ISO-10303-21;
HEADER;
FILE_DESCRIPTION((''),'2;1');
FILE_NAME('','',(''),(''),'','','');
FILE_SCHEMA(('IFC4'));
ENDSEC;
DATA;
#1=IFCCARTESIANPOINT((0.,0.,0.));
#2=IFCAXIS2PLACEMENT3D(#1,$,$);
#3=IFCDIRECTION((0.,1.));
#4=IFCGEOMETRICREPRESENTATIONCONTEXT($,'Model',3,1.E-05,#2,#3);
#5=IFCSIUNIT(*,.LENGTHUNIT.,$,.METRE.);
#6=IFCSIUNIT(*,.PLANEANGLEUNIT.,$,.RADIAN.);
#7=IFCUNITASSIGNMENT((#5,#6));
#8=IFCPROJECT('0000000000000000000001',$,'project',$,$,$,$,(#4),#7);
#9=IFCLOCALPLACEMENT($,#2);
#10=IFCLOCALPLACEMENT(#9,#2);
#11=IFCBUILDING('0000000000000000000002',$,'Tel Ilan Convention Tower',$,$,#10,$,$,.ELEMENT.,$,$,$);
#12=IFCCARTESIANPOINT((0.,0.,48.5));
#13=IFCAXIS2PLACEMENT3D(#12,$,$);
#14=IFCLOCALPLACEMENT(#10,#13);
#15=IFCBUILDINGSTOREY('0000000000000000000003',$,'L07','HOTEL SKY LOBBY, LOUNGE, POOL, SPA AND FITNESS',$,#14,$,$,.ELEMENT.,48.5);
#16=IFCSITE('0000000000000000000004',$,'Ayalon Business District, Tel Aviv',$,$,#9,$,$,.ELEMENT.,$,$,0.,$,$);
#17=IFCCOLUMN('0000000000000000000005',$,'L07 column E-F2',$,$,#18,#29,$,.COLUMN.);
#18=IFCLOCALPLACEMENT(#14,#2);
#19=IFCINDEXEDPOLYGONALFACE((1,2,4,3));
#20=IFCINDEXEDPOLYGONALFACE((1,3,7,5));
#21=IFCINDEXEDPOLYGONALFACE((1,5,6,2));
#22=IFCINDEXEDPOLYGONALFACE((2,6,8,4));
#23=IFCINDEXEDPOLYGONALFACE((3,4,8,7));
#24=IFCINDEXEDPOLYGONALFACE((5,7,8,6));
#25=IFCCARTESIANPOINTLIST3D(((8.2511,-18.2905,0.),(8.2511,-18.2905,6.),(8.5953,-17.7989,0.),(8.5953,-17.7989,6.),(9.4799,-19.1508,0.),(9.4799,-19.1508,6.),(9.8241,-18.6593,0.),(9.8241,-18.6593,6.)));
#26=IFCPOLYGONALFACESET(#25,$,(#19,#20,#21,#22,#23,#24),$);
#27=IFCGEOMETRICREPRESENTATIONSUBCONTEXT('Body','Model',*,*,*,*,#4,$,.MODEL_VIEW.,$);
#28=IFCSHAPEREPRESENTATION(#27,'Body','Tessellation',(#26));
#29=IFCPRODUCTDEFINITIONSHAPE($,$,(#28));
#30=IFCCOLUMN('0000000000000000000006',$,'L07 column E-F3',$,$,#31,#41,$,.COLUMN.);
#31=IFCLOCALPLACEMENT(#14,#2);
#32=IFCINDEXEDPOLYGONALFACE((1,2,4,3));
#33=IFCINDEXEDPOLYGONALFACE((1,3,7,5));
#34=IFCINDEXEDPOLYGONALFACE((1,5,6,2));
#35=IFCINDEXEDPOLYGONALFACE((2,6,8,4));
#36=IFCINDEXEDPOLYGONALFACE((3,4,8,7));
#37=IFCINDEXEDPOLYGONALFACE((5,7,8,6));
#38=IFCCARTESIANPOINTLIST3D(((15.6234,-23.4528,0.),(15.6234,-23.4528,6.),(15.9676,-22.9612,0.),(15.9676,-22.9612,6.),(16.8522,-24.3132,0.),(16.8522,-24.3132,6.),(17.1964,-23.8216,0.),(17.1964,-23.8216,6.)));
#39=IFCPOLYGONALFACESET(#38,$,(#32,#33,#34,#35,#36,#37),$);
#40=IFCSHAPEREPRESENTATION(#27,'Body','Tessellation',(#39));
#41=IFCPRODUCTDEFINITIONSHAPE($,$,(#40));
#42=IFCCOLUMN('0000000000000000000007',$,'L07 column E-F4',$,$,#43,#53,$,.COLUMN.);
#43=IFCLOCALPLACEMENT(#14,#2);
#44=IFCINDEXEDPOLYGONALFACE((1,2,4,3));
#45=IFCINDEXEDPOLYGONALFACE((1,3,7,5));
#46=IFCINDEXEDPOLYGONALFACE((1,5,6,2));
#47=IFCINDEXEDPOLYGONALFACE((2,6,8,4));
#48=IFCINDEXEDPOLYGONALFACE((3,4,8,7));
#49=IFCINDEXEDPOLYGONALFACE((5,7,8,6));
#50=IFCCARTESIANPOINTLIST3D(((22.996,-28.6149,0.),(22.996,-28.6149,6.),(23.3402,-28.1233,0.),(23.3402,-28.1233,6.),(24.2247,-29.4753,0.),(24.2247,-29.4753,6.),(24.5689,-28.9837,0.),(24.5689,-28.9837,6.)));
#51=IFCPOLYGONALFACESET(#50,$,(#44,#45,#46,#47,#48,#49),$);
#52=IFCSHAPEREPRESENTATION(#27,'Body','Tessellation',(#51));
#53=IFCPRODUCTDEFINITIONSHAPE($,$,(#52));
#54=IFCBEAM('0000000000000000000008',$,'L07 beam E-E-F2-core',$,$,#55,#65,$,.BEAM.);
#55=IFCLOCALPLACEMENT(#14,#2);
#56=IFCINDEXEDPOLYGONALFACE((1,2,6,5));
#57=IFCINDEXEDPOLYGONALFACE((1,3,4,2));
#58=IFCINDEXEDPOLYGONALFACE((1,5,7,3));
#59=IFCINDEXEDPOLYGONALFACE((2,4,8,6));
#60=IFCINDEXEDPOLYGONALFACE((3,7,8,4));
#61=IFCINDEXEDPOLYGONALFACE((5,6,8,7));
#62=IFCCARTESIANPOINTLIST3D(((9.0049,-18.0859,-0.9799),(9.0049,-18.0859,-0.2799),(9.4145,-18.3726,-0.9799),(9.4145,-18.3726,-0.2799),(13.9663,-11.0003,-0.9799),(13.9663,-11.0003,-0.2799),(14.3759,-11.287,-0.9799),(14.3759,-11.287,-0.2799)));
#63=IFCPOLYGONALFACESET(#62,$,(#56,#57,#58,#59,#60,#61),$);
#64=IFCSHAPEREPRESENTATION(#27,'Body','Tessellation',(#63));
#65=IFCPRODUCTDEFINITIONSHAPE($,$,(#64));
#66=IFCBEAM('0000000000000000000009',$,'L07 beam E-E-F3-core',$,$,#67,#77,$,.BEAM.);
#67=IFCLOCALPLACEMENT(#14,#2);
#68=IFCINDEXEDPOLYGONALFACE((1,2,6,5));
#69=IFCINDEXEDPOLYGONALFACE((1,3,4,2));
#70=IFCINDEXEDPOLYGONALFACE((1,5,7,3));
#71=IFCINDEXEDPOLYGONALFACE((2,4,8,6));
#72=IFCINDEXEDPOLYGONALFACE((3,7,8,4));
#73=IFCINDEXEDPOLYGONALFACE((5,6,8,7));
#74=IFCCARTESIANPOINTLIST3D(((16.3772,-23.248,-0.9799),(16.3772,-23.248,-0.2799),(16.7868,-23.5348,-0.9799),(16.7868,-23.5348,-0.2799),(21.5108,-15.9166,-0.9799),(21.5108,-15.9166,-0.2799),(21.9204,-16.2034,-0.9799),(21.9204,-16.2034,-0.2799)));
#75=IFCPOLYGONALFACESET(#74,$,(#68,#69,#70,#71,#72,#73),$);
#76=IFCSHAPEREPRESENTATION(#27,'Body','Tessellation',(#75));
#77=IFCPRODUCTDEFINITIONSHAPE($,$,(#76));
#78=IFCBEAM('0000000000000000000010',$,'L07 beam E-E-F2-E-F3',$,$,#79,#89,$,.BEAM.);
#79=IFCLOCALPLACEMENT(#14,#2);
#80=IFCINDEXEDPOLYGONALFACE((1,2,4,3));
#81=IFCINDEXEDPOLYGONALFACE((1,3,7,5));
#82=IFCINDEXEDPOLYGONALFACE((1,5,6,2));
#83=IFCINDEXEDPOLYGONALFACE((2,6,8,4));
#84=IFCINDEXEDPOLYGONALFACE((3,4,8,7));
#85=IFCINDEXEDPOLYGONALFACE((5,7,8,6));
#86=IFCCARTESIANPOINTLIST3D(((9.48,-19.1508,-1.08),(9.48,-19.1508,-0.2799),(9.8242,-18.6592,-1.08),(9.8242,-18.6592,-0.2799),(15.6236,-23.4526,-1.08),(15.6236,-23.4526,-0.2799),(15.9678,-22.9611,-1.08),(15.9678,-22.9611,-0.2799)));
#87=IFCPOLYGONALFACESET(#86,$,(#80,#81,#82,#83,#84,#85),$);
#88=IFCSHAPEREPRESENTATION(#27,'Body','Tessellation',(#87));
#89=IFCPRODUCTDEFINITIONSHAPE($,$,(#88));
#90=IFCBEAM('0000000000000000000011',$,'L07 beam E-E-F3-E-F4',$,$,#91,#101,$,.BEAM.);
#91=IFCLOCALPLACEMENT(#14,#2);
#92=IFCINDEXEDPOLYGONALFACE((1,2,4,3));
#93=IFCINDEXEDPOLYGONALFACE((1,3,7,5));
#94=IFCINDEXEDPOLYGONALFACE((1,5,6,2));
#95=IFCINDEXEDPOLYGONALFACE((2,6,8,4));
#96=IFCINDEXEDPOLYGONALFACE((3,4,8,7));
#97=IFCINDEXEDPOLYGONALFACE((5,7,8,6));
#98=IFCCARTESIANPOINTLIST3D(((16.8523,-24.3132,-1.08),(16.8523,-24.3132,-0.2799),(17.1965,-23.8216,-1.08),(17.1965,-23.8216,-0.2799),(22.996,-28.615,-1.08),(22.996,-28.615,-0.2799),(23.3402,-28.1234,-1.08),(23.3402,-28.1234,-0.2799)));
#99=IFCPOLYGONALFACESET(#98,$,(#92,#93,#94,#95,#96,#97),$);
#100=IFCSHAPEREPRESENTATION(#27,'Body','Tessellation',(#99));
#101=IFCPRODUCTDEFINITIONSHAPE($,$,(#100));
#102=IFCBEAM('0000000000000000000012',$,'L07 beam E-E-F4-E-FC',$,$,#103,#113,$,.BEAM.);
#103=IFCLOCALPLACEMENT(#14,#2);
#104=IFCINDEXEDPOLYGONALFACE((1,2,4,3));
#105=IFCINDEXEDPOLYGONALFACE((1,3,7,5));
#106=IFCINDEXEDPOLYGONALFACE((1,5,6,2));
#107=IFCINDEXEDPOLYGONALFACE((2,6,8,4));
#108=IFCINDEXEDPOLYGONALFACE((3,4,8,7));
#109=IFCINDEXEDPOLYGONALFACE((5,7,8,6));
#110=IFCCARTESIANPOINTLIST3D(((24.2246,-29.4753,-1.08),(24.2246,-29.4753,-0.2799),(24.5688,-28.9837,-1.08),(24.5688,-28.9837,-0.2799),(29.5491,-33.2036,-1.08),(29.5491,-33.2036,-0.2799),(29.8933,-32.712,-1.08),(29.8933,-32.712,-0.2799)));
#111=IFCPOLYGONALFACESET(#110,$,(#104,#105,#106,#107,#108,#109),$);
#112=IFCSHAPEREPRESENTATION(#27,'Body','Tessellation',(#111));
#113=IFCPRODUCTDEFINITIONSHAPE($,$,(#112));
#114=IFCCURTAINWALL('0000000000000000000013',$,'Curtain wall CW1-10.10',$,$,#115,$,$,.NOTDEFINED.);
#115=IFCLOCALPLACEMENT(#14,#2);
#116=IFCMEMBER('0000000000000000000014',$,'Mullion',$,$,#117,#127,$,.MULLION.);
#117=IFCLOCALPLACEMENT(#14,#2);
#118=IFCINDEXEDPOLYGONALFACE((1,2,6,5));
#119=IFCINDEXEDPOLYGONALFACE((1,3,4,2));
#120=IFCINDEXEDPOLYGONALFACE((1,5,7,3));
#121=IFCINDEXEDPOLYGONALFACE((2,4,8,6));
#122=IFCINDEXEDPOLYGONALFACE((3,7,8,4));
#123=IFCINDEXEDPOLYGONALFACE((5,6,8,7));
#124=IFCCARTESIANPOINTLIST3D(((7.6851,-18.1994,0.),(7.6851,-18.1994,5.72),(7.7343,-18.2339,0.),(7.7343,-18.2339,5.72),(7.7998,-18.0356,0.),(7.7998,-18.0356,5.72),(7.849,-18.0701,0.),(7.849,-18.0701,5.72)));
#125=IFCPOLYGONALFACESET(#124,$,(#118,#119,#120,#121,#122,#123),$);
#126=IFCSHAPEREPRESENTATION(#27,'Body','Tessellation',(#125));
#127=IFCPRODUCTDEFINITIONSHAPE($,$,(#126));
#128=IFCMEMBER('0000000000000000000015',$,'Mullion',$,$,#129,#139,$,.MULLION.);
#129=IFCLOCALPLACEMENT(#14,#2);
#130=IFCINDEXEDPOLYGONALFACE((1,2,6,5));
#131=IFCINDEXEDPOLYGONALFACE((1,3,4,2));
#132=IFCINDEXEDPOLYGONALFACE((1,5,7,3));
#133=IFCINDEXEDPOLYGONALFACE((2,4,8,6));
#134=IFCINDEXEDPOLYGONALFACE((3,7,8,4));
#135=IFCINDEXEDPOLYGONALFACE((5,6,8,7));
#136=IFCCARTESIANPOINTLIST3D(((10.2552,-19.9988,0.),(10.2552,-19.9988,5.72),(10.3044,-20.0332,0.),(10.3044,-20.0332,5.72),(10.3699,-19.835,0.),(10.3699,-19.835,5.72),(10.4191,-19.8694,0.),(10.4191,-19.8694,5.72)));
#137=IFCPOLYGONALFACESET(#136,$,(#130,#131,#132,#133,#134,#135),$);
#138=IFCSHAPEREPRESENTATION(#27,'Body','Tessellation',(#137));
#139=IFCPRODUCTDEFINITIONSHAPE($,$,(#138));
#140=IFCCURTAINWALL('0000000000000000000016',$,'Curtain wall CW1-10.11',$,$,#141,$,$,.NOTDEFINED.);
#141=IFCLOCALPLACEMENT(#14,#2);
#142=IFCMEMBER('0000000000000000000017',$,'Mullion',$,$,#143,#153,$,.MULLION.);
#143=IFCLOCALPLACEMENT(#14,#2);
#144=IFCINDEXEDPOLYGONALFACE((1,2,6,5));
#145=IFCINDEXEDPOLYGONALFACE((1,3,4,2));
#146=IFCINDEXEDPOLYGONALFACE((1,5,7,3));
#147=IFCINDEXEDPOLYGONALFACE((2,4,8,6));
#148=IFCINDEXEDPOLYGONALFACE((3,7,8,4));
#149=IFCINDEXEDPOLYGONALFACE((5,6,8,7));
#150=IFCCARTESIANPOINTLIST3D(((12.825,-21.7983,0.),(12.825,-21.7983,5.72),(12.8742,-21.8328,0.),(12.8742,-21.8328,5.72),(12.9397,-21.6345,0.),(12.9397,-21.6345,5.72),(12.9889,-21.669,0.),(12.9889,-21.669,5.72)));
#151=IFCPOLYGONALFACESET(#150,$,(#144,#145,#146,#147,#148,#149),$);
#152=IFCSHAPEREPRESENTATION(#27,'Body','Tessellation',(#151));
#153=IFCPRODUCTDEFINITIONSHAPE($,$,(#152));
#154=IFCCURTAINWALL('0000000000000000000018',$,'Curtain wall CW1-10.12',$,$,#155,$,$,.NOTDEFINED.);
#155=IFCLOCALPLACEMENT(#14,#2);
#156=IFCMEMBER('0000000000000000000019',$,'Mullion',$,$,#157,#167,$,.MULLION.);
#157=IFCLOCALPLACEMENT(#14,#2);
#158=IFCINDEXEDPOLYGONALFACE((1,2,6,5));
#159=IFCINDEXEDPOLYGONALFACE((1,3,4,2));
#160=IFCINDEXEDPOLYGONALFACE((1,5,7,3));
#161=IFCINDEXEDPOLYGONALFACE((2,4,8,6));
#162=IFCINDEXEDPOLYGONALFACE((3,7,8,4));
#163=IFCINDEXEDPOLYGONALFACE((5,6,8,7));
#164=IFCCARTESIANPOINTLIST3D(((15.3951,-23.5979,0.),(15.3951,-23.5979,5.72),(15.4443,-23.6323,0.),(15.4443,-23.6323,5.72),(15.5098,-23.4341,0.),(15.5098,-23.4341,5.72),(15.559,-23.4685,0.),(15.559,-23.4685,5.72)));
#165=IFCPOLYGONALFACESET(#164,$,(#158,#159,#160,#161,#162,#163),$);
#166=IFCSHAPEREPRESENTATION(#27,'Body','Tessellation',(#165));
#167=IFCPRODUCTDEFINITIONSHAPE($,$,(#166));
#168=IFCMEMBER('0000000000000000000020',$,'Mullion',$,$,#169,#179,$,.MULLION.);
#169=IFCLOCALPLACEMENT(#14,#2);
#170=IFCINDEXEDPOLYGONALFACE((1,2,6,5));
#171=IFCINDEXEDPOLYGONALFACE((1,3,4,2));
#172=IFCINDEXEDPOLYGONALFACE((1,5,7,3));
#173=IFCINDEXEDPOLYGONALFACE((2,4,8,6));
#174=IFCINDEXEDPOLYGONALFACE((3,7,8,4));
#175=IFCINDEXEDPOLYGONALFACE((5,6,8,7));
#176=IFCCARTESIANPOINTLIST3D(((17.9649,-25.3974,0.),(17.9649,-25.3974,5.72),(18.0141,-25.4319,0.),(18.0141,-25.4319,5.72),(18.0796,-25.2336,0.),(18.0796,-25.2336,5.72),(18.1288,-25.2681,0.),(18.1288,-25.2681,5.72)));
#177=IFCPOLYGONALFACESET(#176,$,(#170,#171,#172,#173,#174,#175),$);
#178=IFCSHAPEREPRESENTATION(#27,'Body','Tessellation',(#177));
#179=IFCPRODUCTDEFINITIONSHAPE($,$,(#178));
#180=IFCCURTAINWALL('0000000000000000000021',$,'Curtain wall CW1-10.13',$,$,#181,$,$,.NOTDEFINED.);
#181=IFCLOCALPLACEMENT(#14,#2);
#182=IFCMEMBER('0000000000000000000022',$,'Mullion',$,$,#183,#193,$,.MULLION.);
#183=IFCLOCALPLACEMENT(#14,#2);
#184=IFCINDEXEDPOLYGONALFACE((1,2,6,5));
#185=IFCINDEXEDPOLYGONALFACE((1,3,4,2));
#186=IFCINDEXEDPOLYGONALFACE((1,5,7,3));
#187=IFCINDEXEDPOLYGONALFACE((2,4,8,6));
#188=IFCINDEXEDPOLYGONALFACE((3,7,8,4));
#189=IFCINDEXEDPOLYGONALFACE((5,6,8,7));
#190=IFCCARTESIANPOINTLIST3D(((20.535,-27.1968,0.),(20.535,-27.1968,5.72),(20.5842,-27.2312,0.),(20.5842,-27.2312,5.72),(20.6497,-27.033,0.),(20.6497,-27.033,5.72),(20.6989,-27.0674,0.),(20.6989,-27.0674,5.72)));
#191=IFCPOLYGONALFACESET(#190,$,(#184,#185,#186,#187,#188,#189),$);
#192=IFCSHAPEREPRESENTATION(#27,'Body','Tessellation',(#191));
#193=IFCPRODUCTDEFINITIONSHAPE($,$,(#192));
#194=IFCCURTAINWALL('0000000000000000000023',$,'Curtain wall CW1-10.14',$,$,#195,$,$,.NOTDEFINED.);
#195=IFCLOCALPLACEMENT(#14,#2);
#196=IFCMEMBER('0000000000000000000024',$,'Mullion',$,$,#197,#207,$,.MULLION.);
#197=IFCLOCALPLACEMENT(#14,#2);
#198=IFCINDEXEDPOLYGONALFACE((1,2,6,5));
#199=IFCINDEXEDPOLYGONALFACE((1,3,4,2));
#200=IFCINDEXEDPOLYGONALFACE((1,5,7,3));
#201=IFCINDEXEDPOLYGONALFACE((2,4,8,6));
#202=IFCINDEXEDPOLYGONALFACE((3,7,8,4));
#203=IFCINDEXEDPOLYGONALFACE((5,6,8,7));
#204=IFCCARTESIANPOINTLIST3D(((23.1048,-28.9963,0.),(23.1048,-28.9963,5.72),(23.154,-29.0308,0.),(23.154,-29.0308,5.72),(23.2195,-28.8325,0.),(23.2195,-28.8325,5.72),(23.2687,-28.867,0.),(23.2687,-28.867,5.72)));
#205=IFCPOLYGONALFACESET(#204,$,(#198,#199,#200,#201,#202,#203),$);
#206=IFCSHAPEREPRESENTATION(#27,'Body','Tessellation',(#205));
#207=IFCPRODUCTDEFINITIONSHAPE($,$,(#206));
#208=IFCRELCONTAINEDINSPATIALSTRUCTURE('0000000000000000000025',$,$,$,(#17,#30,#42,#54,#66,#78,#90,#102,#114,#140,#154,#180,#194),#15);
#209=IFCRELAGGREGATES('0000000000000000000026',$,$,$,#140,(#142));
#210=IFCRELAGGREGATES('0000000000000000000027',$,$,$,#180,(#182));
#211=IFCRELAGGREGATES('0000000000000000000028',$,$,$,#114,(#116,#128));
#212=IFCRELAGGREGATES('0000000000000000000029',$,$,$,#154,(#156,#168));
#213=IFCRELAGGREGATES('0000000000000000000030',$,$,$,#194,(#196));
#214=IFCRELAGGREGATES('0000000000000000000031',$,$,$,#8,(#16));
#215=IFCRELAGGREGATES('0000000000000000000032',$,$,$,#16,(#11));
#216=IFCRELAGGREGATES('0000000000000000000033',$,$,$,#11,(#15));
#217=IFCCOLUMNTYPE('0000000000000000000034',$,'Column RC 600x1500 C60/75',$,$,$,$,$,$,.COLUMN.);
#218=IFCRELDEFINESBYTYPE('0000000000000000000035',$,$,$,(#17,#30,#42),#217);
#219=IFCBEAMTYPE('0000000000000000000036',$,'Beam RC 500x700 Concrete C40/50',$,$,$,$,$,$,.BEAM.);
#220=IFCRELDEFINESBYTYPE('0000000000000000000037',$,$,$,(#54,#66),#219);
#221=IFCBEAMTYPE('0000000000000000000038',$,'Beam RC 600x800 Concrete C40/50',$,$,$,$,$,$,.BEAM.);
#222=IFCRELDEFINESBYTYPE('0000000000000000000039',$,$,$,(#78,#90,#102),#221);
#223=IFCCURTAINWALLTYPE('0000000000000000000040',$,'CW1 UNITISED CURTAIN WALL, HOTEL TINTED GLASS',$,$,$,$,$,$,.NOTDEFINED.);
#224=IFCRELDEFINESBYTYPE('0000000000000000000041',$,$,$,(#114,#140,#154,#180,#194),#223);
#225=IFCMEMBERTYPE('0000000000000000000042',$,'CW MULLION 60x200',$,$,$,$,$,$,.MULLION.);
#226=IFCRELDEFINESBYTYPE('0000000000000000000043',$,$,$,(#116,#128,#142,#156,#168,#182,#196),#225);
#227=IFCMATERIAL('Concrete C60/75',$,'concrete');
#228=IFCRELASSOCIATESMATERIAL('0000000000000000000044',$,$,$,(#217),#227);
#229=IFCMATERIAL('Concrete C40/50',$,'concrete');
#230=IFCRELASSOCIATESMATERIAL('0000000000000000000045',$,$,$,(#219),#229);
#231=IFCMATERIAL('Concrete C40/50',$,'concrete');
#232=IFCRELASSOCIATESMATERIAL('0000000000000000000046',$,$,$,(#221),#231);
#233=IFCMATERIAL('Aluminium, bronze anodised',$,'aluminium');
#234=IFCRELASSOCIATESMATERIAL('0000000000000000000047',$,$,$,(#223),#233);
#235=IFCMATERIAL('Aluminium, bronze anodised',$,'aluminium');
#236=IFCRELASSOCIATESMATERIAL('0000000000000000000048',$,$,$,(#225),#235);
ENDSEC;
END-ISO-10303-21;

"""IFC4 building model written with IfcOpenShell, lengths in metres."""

from ifc_helpers import new_model, si_unit, direction, frame, origin, origin_2d, place, context, subcontext, project, spatial, rectangle, extrude, material, material_profile, profile_set, type_object, element, aggregate, save


model = new_model("IFC4")

# Units and contexts
model_context = context("Model", 3, precision=1e-05, world=origin(), true_north=direction((0.0, 1.0)))
body_context = subcontext(model_context, "Body", "Model", "MODEL_VIEW")
ifc_project = project(units=[si_unit("LENGTHUNIT", "METRE"), si_unit("PLANEANGLEUNIT", "RADIAN")], contexts=[model_context])

# Site, building, storey
site_placement = place(None, origin())
site = spatial("IfcSite", under=ifc_project, at=site_placement, Name="Ayalon Business District, Tel Aviv", CompositionType="ELEMENT", RefElevation=0.0)
building_placement = place(site_placement, origin())
building = spatial("IfcBuilding", under=site, at=building_placement, Name="Tel Ilan Convention Tower", CompositionType="ELEMENT")
storey_placement = place(building_placement, frame((0.0, 0.0, 48.5)))
storey = spatial("IfcBuildingStorey", under=building, at=storey_placement, Name="L07", Description="HOTEL SKY LOBBY, LOUNGE, POOL, SPA AND FITNESS", CompositionType="ELEMENT", Elevation=48.5)

# Columns
ifc_material_1 = material(Name="Concrete C60/75", Category="concrete")
ifc_material_profile_1 = material_profile(ifc_material_1, rectangle(XDim=1.5, YDim=0.6001, at=origin_2d()), Name="RC 600x1500")
ifc_profile_set_1 = profile_set([ifc_material_profile_1], Name="Concrete C60/75")
column_type = type_object("IfcColumnType", Name="Column RC 600x1500 C60/75", PredefinedType="COLUMN", material=ifc_profile_set_1)
for number, where, z_axis, x_axis, name in (
    (1, (9.0376, -18.4749, 0.0), (0.0, 0.0, 1.0), (0.819152, -0.573576, 0.0), "L07 column E-F2"),
    (2, (16.4099, -23.6372, 0.0), (0.0, 0.0, 1.0), (0.819152, -0.573576, 0.0), "L07 column E-F3"),
    (3, (23.7825, -28.7993, 0.0), (0.0, 0.0, 1.0), (0.819152, -0.573576, 0.0), "L07 column E-F4"),
):
    element("IfcColumn", number, at=place(storey_placement, frame(where, z_axis=z_axis, x_axis=x_axis)), inside=storey, type_object=column_type, Name=name, PredefinedType="COLUMN", context=body_context, shape_type="SweptSolid", body=[
        extrude(rectangle(XDim=1.5, YDim=0.6001, at=origin_2d()), origin(), (0.0, 0.0, 1.0), 6.0),
    ])

# Beams
ifc_material_2 = material(Name="Concrete C40/50", Category="concrete")
ifc_material_profile_2 = material_profile(ifc_material_2, rectangle(XDim=0.5, YDim=0.7, at=origin_2d()), Name="RC 500x700")
ifc_profile_set_2 = profile_set([ifc_material_profile_2], Name="Concrete C40/50")
beam_type_1 = type_object("IfcBeamType", Name="Beam RC 500x700 Concrete C40/50", PredefinedType="BEAM", material=ifc_profile_set_2)
beam_1_placement = place(storey_placement, frame((9.2097, -18.2292, -0.6299), z_axis=(0.573574, 0.819154, 0.0), x_axis=(-0.819154, 0.573574, 0.0)))
element("IfcBeam", 4, at=beam_1_placement, inside=storey, type_object=beam_type_1, Name="L07 beam E-E-F2-core", PredefinedType="BEAM", context=body_context, shape_type="SweptSolid", body=[
    extrude(rectangle(XDim=0.5, YDim=0.7, at=origin_2d()), origin(), (0.0, 0.0, 1.0), 8.6499),
])
beam_2_placement = place(storey_placement, frame((16.582, -23.3914, -0.6299), z_axis=(0.573585, 0.819146, 0.0), x_axis=(-0.819146, 0.573585, 0.0)))
element("IfcBeam", 5, at=beam_2_placement, inside=storey, type_object=beam_type_1, Name="L07 beam E-E-F3-core", PredefinedType="BEAM", context=body_context, shape_type="SweptSolid", body=[
    extrude(rectangle(XDim=0.5, YDim=0.7, at=origin_2d()), origin(), (0.0, 0.0, 1.0), 8.95),
])
ifc_material_3 = material(Name="Concrete C40/50", Category="concrete")
ifc_material_profile_3 = material_profile(ifc_material_3, rectangle(XDim=0.6001, YDim=0.8, at=origin_2d()), Name="RC 600x800")
ifc_profile_set_3 = profile_set([ifc_material_profile_3], Name="Concrete C40/50")
beam_type_2 = type_object("IfcBeamType", Name="Beam RC 600x800 Concrete C40/50", PredefinedType="BEAM", material=ifc_profile_set_3)
for number, where, z_axis, x_axis, name in (
    (6, (9.6521, -18.905, -0.6799), (0.819152, -0.573576, 0.0), (0.573576, 0.819152, 0.0), "L07 beam E-E-F2-E-F3"),
    (7, (17.0244, -24.0674, -0.6799), (0.819152, -0.573576, 0.0), (0.573576, 0.819152, 0.0), "L07 beam E-E-F3-E-F4"),
):
    element("IfcBeam", number, at=place(storey_placement, frame(where, z_axis=z_axis, x_axis=x_axis)), inside=storey, type_object=beam_type_2, Name=name, PredefinedType="BEAM", context=body_context, shape_type="SweptSolid", body=[
        extrude(rectangle(XDim=0.6001, YDim=0.8, at=origin_2d()), origin(), (0.0, 0.0, 1.0), 7.5),
    ])
beam_3_placement = place(storey_placement, frame((24.3967, -29.2295, -0.6799), z_axis=(0.819149, -0.573581, 0.0), x_axis=(0.573581, 0.819149, 0.0)))
element("IfcBeam", 8, at=beam_3_placement, inside=storey, type_object=beam_type_2, Name="L07 beam E-E-F4-E-FC", PredefinedType="BEAM", context=body_context, shape_type="SweptSolid", body=[
    extrude(rectangle(XDim=0.6001, YDim=0.8, at=origin_2d()), origin(), (0.0, 0.0, 1.0), 6.5),
])

# Curtain wall, members
ifc_material_4 = material(Name="Aluminium, bronze anodised", Category="aluminium")
curtain_wall_type = type_object("IfcCurtainWallType", Name="CW1 UNITISED CURTAIN WALL, HOTEL TINTED GLASS", PredefinedType="NOTDEFINED", material=ifc_material_4)
curtain_wall_1_placement = place(storey_placement, origin())
curtain_wall_1 = element("IfcCurtainWall", 9, at=curtain_wall_1_placement, inside=storey, type_object=curtain_wall_type, Name="Curtain wall CW1-10.10", PredefinedType="NOTDEFINED")
ifc_material_5 = material(Name="Aluminium, bronze anodised", Category="aluminium")
ifc_material_profile_4 = material_profile(ifc_material_5, rectangle(XDim=0.0601, YDim=0.2, at=origin_2d()), Name="CW MULLION 60x200")
ifc_profile_set_4 = profile_set([ifc_material_profile_4], Name="Aluminium, bronze anodised")
member_type_1 = type_object("IfcMemberType", Name="CW MULLION 60x200", PredefinedType="MULLION", material=ifc_profile_set_4)
member_1_placement = place(storey_placement, frame((7.7671, -18.1348, 0.0), z_axis=(0.0, 0.0, 1.0), x_axis=(0.819152, -0.573576, 0.0)))
member_1 = element("IfcMember", 10, at=member_1_placement, type_object=member_type_1, Name="Mullion", PredefinedType="MULLION", context=body_context, shape_type="SweptSolid", body=[
    extrude(rectangle(XDim=0.0601, YDim=0.2, at=origin_2d()), origin(), (0.0, 0.0, 1.0), 5.72),
])
member_2_placement = place(storey_placement, frame((10.3372, -19.9341, 0.0), z_axis=(0.0, 0.0, 1.0), x_axis=(0.819152, -0.573576, 0.0)))
member_2 = element("IfcMember", 11, at=member_2_placement, type_object=member_type_1, Name="Mullion", PredefinedType="MULLION", context=body_context, shape_type="SweptSolid", body=[
    extrude(rectangle(XDim=0.0601, YDim=0.2, at=origin_2d()), origin(), (0.0, 0.0, 1.0), 5.72),
])

# Curtain wall, member
curtain_wall_2_placement = place(storey_placement, origin())
curtain_wall_2 = element("IfcCurtainWall", 12, at=curtain_wall_2_placement, inside=storey, type_object=curtain_wall_type, Name="Curtain wall CW1-10.11", PredefinedType="NOTDEFINED")
member_3_placement = place(storey_placement, frame((12.907, -21.7336, 0.0), z_axis=(0.0, 0.0, 1.0), x_axis=(0.819152, -0.573576, 0.0)))
member_3 = element("IfcMember", 13, at=member_3_placement, type_object=member_type_1, Name="Mullion", PredefinedType="MULLION", context=body_context, shape_type="SweptSolid", body=[
    extrude(rectangle(XDim=0.0601, YDim=0.2, at=origin_2d()), origin(), (0.0, 0.0, 1.0), 5.72),
])
aggregate(curtain_wall_2, [member_3])

# Curtain wall, members
curtain_wall_3_placement = place(storey_placement, origin())
curtain_wall_3 = element("IfcCurtainWall", 14, at=curtain_wall_3_placement, inside=storey, type_object=curtain_wall_type, Name="Curtain wall CW1-10.12", PredefinedType="NOTDEFINED")
member_4_placement = place(storey_placement, frame((15.4771, -23.5332, 0.0), z_axis=(0.0, 0.0, 1.0), x_axis=(0.819152, -0.573576, 0.0)))
member_4 = element("IfcMember", 15, at=member_4_placement, type_object=member_type_1, Name="Mullion", PredefinedType="MULLION", context=body_context, shape_type="SweptSolid", body=[
    extrude(rectangle(XDim=0.0601, YDim=0.2, at=origin_2d()), origin(), (0.0, 0.0, 1.0), 5.72),
])
member_5_placement = place(storey_placement, frame((18.0469, -25.3328, 0.0), z_axis=(0.0, 0.0, 1.0), x_axis=(0.819152, -0.573576, 0.0)))
member_5 = element("IfcMember", 16, at=member_5_placement, type_object=member_type_1, Name="Mullion", PredefinedType="MULLION", context=body_context, shape_type="SweptSolid", body=[
    extrude(rectangle(XDim=0.0601, YDim=0.2, at=origin_2d()), origin(), (0.0, 0.0, 1.0), 5.72),
])

# Curtain walls, members
curtain_wall_4_placement = place(storey_placement, origin())
curtain_wall_4 = element("IfcCurtainWall", 17, at=curtain_wall_4_placement, inside=storey, type_object=curtain_wall_type, Name="Curtain wall CW1-10.13", PredefinedType="NOTDEFINED")
member_6_placement = place(storey_placement, frame((20.6169, -27.1321, 0.0), z_axis=(0.0, 0.0, 1.0), x_axis=(0.819152, -0.573576, 0.0)))
member_6 = element("IfcMember", 18, at=member_6_placement, type_object=member_type_1, Name="Mullion", PredefinedType="MULLION", context=body_context, shape_type="SweptSolid", body=[
    extrude(rectangle(XDim=0.0601, YDim=0.2, at=origin_2d()), origin(), (0.0, 0.0, 1.0), 5.72),
])
aggregate(curtain_wall_4, [member_6])
curtain_wall_5_placement = place(storey_placement, origin())
curtain_wall_5 = element("IfcCurtainWall", 19, at=curtain_wall_5_placement, inside=storey, type_object=curtain_wall_type, Name="Curtain wall CW1-10.14", PredefinedType="NOTDEFINED")
member_7_placement = place(storey_placement, frame((23.1868, -28.9316, 0.0), z_axis=(0.0, 0.0, 1.0), x_axis=(0.819152, -0.573576, 0.0)))
member_7 = element("IfcMember", 20, at=member_7_placement, type_object=member_type_1, Name="Mullion", PredefinedType="MULLION", context=body_context, shape_type="SweptSolid", body=[
    extrude(rectangle(XDim=0.0601, YDim=0.2, at=origin_2d()), origin(), (0.0, 0.0, 1.0), 5.72),
])

aggregate(curtain_wall_1, [member_1, member_2])
aggregate(curtain_wall_3, [member_4, member_5])
aggregate(curtain_wall_5, [member_7])

save(model, "model.ifc")
